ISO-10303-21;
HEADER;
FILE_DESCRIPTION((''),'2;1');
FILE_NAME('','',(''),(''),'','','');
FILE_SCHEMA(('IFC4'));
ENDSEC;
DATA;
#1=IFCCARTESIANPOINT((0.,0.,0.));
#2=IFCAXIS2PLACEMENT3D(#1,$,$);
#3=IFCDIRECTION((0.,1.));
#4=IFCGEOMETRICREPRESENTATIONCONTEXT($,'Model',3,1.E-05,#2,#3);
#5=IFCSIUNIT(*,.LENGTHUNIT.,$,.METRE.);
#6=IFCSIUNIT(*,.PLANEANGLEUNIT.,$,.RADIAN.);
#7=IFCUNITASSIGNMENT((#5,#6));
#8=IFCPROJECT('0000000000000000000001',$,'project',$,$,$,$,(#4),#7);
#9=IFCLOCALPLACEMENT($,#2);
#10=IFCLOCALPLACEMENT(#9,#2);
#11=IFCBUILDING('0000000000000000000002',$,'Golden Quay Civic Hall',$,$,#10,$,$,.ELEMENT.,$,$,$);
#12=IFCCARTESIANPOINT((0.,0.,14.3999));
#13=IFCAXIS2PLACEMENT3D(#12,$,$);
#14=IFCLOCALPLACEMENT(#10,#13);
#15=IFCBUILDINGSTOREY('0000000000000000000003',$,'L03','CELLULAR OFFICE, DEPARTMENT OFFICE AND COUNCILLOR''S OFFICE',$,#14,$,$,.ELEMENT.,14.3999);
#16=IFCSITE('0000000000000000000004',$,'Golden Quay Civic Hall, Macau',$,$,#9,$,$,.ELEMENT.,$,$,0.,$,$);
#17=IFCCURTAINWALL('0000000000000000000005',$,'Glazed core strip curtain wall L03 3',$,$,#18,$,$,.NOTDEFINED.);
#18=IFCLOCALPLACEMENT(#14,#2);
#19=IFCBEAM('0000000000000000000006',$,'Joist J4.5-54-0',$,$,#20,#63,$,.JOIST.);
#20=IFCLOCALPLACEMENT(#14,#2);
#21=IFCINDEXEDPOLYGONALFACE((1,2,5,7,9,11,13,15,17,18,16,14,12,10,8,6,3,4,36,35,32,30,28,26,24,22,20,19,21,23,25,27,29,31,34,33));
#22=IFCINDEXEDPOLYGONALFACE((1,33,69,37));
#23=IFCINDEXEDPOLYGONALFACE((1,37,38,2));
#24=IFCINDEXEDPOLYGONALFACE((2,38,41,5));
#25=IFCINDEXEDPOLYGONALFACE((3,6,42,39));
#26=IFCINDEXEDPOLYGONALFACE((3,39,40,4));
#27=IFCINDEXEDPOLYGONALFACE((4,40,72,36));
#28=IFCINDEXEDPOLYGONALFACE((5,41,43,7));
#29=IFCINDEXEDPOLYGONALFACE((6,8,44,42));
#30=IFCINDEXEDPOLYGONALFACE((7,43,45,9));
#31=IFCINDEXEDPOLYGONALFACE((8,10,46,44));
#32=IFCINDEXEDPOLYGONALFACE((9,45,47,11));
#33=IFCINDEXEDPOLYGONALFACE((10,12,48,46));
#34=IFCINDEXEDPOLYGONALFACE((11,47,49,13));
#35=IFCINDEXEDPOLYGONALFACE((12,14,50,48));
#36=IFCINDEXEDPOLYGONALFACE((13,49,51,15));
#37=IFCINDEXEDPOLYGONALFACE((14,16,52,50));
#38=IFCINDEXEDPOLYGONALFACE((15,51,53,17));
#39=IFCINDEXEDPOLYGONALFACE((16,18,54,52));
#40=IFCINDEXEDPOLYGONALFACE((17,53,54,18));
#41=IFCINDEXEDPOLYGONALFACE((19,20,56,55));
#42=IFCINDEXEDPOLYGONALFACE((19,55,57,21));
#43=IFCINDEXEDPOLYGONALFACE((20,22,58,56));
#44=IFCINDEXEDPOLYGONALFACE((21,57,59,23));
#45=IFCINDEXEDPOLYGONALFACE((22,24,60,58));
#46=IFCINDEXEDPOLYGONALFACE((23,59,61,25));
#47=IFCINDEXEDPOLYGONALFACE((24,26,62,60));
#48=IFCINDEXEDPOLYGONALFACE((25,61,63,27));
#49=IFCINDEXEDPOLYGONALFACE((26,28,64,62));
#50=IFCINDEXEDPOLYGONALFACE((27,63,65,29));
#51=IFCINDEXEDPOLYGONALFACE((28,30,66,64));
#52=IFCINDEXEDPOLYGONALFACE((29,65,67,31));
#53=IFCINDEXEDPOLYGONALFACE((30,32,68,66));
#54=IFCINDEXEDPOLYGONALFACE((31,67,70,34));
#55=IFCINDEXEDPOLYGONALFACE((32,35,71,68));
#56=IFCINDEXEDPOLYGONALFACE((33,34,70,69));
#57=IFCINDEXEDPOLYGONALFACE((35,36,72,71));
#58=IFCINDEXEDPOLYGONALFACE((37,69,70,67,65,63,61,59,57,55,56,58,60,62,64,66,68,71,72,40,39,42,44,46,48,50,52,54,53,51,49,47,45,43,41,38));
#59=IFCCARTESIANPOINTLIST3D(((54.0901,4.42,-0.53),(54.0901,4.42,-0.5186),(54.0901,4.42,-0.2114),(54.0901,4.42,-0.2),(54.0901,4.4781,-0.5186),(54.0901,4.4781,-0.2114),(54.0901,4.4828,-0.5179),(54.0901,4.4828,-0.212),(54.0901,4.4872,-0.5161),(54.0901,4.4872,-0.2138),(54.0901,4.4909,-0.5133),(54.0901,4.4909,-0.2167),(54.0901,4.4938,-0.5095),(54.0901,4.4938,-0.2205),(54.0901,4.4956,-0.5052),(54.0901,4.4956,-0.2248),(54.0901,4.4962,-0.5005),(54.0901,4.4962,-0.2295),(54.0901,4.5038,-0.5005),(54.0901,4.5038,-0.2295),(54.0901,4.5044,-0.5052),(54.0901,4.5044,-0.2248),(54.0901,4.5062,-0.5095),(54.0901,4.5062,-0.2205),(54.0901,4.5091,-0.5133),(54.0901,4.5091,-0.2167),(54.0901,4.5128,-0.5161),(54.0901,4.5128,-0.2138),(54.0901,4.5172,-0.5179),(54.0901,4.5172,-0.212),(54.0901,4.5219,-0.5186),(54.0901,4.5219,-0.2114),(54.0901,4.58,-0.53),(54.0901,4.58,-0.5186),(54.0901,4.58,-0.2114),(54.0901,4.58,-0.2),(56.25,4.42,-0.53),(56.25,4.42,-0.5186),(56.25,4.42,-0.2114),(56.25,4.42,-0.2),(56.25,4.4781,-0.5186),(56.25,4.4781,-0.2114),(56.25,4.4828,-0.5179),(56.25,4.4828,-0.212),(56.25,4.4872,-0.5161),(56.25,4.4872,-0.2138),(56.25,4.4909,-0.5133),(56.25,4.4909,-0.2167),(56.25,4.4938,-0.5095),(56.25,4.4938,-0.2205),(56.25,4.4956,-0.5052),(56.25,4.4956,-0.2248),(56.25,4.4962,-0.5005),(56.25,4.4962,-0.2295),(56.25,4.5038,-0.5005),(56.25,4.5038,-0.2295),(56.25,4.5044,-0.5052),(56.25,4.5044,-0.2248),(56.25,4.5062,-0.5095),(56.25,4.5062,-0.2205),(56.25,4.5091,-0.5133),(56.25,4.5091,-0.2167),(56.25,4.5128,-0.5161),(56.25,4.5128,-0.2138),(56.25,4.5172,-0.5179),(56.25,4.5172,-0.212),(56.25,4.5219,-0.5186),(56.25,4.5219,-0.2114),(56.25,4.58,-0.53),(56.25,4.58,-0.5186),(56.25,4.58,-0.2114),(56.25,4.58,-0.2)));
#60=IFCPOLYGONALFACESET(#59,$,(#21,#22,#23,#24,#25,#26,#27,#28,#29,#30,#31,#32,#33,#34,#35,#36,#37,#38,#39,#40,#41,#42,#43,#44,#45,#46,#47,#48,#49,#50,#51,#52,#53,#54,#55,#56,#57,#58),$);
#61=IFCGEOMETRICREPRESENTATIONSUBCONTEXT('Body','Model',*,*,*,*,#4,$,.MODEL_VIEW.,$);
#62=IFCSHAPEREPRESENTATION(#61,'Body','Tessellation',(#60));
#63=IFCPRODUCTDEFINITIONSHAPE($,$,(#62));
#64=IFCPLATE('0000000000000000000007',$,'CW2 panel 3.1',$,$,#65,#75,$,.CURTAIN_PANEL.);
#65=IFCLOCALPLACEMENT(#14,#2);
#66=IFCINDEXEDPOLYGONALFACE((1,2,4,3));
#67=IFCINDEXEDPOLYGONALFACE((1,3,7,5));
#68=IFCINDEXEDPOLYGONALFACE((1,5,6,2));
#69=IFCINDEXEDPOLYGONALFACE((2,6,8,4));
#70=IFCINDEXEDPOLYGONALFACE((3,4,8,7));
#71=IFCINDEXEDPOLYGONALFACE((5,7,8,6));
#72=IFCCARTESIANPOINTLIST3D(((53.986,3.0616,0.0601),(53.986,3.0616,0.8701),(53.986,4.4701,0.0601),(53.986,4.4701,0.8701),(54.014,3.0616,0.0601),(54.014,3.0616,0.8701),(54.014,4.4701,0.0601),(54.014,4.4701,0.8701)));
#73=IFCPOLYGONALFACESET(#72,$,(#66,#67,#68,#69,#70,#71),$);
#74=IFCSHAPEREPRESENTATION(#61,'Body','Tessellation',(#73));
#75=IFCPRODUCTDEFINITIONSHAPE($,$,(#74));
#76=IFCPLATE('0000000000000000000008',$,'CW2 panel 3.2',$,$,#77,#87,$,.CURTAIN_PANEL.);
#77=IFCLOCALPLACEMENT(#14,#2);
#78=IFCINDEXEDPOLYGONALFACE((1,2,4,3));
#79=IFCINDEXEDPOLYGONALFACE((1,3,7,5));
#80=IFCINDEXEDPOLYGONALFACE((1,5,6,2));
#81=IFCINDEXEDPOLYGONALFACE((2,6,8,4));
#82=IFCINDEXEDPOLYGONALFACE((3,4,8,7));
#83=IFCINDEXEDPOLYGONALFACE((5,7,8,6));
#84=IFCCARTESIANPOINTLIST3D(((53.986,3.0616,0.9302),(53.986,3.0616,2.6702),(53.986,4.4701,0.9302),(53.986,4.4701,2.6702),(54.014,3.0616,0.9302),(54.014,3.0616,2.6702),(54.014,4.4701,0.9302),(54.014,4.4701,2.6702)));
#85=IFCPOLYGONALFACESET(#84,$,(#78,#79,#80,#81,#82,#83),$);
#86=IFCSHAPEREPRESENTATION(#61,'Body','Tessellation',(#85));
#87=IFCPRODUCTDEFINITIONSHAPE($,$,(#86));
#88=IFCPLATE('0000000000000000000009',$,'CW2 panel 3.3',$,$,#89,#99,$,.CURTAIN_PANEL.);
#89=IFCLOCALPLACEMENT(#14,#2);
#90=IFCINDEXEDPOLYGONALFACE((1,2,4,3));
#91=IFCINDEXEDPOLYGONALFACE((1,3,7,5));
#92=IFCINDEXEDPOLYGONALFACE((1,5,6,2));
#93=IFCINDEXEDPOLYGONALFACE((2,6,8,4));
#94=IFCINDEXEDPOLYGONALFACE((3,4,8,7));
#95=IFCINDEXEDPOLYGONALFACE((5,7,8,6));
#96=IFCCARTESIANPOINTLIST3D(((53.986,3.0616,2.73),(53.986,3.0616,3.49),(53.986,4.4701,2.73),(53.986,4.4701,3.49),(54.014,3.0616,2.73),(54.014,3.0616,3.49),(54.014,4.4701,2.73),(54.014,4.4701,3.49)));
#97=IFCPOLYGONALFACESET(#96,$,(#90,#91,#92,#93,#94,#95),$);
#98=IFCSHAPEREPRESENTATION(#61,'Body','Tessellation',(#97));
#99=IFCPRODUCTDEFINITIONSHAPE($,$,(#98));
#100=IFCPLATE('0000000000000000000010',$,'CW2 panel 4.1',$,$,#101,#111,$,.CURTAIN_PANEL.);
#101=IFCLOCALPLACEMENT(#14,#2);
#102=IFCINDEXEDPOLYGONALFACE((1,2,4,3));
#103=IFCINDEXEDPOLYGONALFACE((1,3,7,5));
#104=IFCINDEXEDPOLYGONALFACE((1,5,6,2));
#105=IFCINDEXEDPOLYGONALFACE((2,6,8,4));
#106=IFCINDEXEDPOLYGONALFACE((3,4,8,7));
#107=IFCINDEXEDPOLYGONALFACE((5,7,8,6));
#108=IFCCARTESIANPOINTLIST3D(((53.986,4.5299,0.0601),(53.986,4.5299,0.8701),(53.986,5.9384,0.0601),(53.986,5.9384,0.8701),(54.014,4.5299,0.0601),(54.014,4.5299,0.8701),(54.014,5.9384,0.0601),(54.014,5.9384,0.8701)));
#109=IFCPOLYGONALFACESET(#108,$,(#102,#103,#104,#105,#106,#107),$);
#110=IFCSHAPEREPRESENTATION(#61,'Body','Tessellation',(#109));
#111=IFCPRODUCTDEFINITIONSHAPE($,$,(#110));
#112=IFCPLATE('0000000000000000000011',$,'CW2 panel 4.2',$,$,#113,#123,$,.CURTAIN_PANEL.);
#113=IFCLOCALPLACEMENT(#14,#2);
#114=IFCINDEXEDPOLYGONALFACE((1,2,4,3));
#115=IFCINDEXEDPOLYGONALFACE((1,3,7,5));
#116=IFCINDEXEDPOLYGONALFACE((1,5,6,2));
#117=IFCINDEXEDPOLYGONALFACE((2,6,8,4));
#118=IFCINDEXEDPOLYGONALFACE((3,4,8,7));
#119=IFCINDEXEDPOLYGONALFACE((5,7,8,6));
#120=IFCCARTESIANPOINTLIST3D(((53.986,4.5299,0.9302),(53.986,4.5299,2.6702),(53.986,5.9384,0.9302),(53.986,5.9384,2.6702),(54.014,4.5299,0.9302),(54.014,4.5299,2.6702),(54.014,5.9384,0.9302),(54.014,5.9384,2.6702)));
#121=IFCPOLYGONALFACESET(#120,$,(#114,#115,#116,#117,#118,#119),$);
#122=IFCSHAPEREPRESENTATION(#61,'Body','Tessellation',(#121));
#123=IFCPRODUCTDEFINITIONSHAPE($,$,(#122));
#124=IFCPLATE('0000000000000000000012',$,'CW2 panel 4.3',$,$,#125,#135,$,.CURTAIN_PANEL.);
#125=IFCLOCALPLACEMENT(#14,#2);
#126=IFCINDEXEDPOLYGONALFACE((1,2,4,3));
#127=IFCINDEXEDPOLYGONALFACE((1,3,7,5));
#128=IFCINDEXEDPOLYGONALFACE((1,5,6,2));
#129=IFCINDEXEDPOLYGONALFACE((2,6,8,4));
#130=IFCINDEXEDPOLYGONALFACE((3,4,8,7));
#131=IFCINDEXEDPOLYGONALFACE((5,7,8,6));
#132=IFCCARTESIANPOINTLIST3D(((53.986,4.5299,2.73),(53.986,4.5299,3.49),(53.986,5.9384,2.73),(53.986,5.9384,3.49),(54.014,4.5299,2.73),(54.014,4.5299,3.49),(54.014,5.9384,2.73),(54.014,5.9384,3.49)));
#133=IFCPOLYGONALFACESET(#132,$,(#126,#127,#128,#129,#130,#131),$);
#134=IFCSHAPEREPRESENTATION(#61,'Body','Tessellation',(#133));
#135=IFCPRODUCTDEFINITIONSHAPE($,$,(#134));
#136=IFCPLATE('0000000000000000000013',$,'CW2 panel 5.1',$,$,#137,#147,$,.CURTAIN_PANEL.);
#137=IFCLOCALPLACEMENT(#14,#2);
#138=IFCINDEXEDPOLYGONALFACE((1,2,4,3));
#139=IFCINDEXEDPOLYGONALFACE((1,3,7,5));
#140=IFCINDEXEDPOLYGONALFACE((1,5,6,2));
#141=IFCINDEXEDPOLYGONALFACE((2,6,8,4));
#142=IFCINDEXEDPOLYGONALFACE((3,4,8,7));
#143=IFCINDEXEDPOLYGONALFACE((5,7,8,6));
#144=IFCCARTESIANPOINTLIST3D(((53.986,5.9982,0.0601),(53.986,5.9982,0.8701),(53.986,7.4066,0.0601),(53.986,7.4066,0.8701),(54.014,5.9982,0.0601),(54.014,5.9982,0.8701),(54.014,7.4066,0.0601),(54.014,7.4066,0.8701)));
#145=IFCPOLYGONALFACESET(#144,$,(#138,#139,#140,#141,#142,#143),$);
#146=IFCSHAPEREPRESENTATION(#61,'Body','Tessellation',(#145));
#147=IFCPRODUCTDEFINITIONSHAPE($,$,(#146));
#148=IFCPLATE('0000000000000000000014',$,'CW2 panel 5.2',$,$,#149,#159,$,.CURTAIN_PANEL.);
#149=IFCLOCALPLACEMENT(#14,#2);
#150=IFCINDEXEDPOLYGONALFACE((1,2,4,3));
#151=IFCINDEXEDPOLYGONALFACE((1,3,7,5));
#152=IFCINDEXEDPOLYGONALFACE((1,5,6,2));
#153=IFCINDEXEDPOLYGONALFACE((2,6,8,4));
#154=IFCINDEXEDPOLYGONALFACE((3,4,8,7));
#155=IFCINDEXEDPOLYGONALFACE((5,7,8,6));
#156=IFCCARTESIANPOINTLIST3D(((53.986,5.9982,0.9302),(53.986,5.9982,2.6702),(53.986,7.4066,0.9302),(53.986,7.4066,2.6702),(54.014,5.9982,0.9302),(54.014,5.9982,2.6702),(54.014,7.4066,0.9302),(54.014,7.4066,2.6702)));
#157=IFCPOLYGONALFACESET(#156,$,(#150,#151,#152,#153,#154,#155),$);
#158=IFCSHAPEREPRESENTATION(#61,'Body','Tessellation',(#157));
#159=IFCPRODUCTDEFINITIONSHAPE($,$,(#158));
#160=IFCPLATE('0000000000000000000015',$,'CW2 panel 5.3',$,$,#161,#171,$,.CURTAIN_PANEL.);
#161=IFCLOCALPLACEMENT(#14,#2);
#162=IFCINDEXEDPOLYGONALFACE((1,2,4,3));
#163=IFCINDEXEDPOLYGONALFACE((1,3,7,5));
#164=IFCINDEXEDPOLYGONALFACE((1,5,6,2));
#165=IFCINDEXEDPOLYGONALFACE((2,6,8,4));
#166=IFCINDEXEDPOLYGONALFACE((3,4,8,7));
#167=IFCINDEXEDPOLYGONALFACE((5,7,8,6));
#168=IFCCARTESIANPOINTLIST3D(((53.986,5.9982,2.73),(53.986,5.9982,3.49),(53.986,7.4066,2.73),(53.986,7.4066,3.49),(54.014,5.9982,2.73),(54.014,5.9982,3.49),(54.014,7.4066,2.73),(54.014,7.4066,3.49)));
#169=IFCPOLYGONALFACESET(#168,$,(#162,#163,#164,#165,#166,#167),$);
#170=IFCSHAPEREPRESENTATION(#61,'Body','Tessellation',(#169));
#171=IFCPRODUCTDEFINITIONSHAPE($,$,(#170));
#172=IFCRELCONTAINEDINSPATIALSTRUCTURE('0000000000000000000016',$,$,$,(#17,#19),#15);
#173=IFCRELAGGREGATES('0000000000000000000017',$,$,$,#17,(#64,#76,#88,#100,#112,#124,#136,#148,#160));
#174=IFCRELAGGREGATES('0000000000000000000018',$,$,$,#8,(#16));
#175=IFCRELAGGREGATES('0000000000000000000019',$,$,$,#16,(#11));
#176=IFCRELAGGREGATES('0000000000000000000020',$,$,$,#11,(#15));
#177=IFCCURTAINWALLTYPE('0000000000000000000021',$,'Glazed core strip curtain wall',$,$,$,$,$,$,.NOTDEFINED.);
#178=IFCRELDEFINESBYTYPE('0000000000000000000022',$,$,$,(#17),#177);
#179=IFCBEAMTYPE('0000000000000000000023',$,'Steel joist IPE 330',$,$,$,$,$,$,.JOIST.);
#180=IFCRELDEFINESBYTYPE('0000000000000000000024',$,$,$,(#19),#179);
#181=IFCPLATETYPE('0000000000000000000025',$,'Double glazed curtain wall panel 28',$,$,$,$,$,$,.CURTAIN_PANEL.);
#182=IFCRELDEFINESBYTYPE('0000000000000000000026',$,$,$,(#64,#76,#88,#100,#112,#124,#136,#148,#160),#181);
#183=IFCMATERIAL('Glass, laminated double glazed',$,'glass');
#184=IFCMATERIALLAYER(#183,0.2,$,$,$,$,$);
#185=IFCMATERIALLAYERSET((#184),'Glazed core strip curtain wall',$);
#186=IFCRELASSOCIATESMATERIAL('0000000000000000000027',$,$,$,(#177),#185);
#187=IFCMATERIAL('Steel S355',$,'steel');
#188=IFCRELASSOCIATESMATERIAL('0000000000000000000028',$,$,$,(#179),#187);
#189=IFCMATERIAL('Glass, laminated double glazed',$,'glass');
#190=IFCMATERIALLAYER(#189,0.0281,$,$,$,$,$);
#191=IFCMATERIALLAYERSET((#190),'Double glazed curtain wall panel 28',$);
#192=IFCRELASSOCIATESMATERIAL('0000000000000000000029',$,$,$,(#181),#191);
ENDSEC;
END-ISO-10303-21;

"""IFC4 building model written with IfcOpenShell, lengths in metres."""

from ifc_helpers import new_model, si_unit, direction, frame, origin, origin_2d, place, context, subcontext, project, spatial, rectangle, i_section, extrude, material, layer, layer_set, material_profile, profile_set, type_object, element, aggregate, save


model = new_model("IFC4")

# Units and contexts
model_context = context("Model", 3, precision=1e-05, world=origin(), true_north=direction((0.0, 1.0)))
body_context = subcontext(model_context, "Body", "Model", "MODEL_VIEW")
ifc_project = project(units=[si_unit("LENGTHUNIT", "METRE"), si_unit("PLANEANGLEUNIT", "RADIAN")], contexts=[model_context])

# Site, building, storey
site_placement = place(None, origin())
site = spatial("IfcSite", under=ifc_project, at=site_placement, Name="Golden Quay Civic Hall, Macau", CompositionType="ELEMENT", RefElevation=0.0)
building_placement = place(site_placement, origin())
building = spatial("IfcBuilding", under=site, at=building_placement, Name="Golden Quay Civic Hall", CompositionType="ELEMENT")
storey_placement = place(building_placement, frame((0.0, 0.0, 14.3999)))
storey = spatial("IfcBuildingStorey", under=building, at=storey_placement, Name="L03", Description="CELLULAR OFFICE, DEPARTMENT OFFICE AND COUNCILLOR'S OFFICE", CompositionType="ELEMENT", Elevation=14.3999)

# Curtain wall
ifc_material_1 = material(Name="Glass, laminated double glazed", Category="glass")
ifc_layer_1 = layer(ifc_material_1, 0.2)
ifc_layer_set_1 = layer_set([ifc_layer_1], Name="Glazed core strip curtain wall")
curtain_wall_type = type_object("IfcCurtainWallType", Name="Glazed core strip curtain wall", PredefinedType="NOTDEFINED", material=ifc_layer_set_1)
curtain_wall_placement = place(storey_placement, origin())
curtain_wall = element("IfcCurtainWall", 1, at=curtain_wall_placement, inside=storey, type_object=curtain_wall_type, Name="Glazed core strip curtain wall L03 3", PredefinedType="NOTDEFINED")

# Beam
ifc_material_2 = material(Name="Steel S355", Category="steel")
ifc_material_profile_1 = material_profile(ifc_material_2, i_section(OverallWidth=0.1599, OverallDepth=0.3301, WebThickness=0.0076, FlangeThickness=0.0115, FilletRadius=0.0181, at=origin_2d()), Name="IPE 330")
ifc_profile_set_1 = profile_set([ifc_material_profile_1], Name="Steel S355")
beam_type = type_object("IfcBeamType", Name="Steel joist IPE 330", PredefinedType="JOIST", material=ifc_profile_set_1)
beam_placement = place(storey_placement, frame((54.0901, 4.5, -0.365), z_axis=(1.0, 0.0, 0.0), x_axis=(0.0, 1.0, 0.0)))
element("IfcBeam", 2, at=beam_placement, inside=storey, type_object=beam_type, Name="Joist J4.5-54-0", PredefinedType="JOIST", context=body_context, shape_type="SweptSolid", body=[
    extrude(i_section(OverallWidth=0.1599, OverallDepth=0.3301, WebThickness=0.0076, FlangeThickness=0.0115, FilletRadius=0.0181, at=origin_2d()), origin(), (0.0, 0.0, 1.0), 2.1599),
])

# Plates
ifc_material_3 = material(Name="Glass, laminated double glazed", Category="glass")
ifc_layer_2 = layer(ifc_material_3, 0.0281)
ifc_layer_set_2 = layer_set([ifc_layer_2], Name="Double glazed curtain wall panel 28")
plate_type = type_object("IfcPlateType", Name="Double glazed curtain wall panel 28", PredefinedType="CURTAIN_PANEL", material=ifc_layer_set_2)
plate_1_placement = place(storey_placement, frame((54.0, 3.7659, 0.0601), z_axis=(0.0, 0.0, 1.0), x_axis=(0.0, 1.0, 0.0)))
plate_1 = element("IfcPlate", 3, at=plate_1_placement, type_object=plate_type, Name="CW2 panel 3.1", PredefinedType="CURTAIN_PANEL", context=body_context, shape_type="SweptSolid", body=[
    extrude(rectangle(XDim=1.4084, YDim=0.0281, at=origin_2d()), origin(), (0.0, 0.0, 1.0), 0.8101),
])
plate_2_placement = place(storey_placement, frame((54.0, 3.7659, 0.9302), z_axis=(0.0, 0.0, 1.0), x_axis=(0.0, 1.0, 0.0)))
plate_2 = element("IfcPlate", 4, at=plate_2_placement, type_object=plate_type, Name="CW2 panel 3.2", PredefinedType="CURTAIN_PANEL", context=body_context, shape_type="SweptSolid", body=[
    extrude(rectangle(XDim=1.4084, YDim=0.0281, at=origin_2d()), origin(), (0.0, 0.0, 1.0), 1.74),
])
plate_3_placement = place(storey_placement, frame((54.0, 3.7659, 2.73), z_axis=(0.0, 0.0, 1.0), x_axis=(0.0, 1.0, 0.0)))
plate_3 = element("IfcPlate", 5, at=plate_3_placement, type_object=plate_type, Name="CW2 panel 3.3", PredefinedType="CURTAIN_PANEL", context=body_context, shape_type="SweptSolid", body=[
    extrude(rectangle(XDim=1.4084, YDim=0.0281, at=origin_2d()), origin(), (0.0, 0.0, 1.0), 0.76),
])
plate_4_placement = place(storey_placement, frame((54.0, 5.2341, 0.0601), z_axis=(0.0, 0.0, 1.0), x_axis=(0.0, 1.0, 0.0)))
plate_4 = element("IfcPlate", 6, at=plate_4_placement, type_object=plate_type, Name="CW2 panel 4.1", PredefinedType="CURTAIN_PANEL", context=body_context, shape_type="SweptSolid", body=[
    extrude(rectangle(XDim=1.4084, YDim=0.0281, at=origin_2d()), origin(), (0.0, 0.0, 1.0), 0.8101),
])
plate_5_placement = place(storey_placement, frame((54.0, 5.2341, 0.9302), z_axis=(0.0, 0.0, 1.0), x_axis=(0.0, 1.0, 0.0)))
plate_5 = element("IfcPlate", 7, at=plate_5_placement, type_object=plate_type, Name="CW2 panel 4.2", PredefinedType="CURTAIN_PANEL", context=body_context, shape_type="SweptSolid", body=[
    extrude(rectangle(XDim=1.4084, YDim=0.0281, at=origin_2d()), origin(), (0.0, 0.0, 1.0), 1.74),
])
plate_6_placement = place(storey_placement, frame((54.0, 5.2341, 2.73), z_axis=(0.0, 0.0, 1.0), x_axis=(0.0, 1.0, 0.0)))
plate_6 = element("IfcPlate", 8, at=plate_6_placement, type_object=plate_type, Name="CW2 panel 4.3", PredefinedType="CURTAIN_PANEL", context=body_context, shape_type="SweptSolid", body=[
    extrude(rectangle(XDim=1.4084, YDim=0.0281, at=origin_2d()), origin(), (0.0, 0.0, 1.0), 0.76),
])
plate_7_placement = place(storey_placement, frame((54.0, 6.7024, 0.0601), z_axis=(0.0, 0.0, 1.0), x_axis=(0.0, 1.0, 0.0)))
plate_7 = element("IfcPlate", 9, at=plate_7_placement, type_object=plate_type, Name="CW2 panel 5.1", PredefinedType="CURTAIN_PANEL", context=body_context, shape_type="SweptSolid", body=[
    extrude(rectangle(XDim=1.4084, YDim=0.0281, at=origin_2d()), origin(), (0.0, 0.0, 1.0), 0.8101),
])
plate_8_placement = place(storey_placement, frame((54.0, 6.7024, 0.9302), z_axis=(0.0, 0.0, 1.0), x_axis=(0.0, 1.0, 0.0)))
plate_8 = element("IfcPlate", 10, at=plate_8_placement, type_object=plate_type, Name="CW2 panel 5.2", PredefinedType="CURTAIN_PANEL", context=body_context, shape_type="SweptSolid", body=[
    extrude(rectangle(XDim=1.4084, YDim=0.0281, at=origin_2d()), origin(), (0.0, 0.0, 1.0), 1.74),
])
plate_9_placement = place(storey_placement, frame((54.0, 6.7024, 2.73), z_axis=(0.0, 0.0, 1.0), x_axis=(0.0, 1.0, 0.0)))
plate_9 = element("IfcPlate", 11, at=plate_9_placement, type_object=plate_type, Name="CW2 panel 5.3", PredefinedType="CURTAIN_PANEL", context=body_context, shape_type="SweptSolid", body=[
    extrude(rectangle(XDim=1.4084, YDim=0.0281, at=origin_2d()), origin(), (0.0, 0.0, 1.0), 0.76),
])
aggregate(curtain_wall, [plate_1, plate_2, plate_3, plate_4, plate_5, plate_6, plate_7, plate_8, plate_9])

save(model, "model.ifc")
